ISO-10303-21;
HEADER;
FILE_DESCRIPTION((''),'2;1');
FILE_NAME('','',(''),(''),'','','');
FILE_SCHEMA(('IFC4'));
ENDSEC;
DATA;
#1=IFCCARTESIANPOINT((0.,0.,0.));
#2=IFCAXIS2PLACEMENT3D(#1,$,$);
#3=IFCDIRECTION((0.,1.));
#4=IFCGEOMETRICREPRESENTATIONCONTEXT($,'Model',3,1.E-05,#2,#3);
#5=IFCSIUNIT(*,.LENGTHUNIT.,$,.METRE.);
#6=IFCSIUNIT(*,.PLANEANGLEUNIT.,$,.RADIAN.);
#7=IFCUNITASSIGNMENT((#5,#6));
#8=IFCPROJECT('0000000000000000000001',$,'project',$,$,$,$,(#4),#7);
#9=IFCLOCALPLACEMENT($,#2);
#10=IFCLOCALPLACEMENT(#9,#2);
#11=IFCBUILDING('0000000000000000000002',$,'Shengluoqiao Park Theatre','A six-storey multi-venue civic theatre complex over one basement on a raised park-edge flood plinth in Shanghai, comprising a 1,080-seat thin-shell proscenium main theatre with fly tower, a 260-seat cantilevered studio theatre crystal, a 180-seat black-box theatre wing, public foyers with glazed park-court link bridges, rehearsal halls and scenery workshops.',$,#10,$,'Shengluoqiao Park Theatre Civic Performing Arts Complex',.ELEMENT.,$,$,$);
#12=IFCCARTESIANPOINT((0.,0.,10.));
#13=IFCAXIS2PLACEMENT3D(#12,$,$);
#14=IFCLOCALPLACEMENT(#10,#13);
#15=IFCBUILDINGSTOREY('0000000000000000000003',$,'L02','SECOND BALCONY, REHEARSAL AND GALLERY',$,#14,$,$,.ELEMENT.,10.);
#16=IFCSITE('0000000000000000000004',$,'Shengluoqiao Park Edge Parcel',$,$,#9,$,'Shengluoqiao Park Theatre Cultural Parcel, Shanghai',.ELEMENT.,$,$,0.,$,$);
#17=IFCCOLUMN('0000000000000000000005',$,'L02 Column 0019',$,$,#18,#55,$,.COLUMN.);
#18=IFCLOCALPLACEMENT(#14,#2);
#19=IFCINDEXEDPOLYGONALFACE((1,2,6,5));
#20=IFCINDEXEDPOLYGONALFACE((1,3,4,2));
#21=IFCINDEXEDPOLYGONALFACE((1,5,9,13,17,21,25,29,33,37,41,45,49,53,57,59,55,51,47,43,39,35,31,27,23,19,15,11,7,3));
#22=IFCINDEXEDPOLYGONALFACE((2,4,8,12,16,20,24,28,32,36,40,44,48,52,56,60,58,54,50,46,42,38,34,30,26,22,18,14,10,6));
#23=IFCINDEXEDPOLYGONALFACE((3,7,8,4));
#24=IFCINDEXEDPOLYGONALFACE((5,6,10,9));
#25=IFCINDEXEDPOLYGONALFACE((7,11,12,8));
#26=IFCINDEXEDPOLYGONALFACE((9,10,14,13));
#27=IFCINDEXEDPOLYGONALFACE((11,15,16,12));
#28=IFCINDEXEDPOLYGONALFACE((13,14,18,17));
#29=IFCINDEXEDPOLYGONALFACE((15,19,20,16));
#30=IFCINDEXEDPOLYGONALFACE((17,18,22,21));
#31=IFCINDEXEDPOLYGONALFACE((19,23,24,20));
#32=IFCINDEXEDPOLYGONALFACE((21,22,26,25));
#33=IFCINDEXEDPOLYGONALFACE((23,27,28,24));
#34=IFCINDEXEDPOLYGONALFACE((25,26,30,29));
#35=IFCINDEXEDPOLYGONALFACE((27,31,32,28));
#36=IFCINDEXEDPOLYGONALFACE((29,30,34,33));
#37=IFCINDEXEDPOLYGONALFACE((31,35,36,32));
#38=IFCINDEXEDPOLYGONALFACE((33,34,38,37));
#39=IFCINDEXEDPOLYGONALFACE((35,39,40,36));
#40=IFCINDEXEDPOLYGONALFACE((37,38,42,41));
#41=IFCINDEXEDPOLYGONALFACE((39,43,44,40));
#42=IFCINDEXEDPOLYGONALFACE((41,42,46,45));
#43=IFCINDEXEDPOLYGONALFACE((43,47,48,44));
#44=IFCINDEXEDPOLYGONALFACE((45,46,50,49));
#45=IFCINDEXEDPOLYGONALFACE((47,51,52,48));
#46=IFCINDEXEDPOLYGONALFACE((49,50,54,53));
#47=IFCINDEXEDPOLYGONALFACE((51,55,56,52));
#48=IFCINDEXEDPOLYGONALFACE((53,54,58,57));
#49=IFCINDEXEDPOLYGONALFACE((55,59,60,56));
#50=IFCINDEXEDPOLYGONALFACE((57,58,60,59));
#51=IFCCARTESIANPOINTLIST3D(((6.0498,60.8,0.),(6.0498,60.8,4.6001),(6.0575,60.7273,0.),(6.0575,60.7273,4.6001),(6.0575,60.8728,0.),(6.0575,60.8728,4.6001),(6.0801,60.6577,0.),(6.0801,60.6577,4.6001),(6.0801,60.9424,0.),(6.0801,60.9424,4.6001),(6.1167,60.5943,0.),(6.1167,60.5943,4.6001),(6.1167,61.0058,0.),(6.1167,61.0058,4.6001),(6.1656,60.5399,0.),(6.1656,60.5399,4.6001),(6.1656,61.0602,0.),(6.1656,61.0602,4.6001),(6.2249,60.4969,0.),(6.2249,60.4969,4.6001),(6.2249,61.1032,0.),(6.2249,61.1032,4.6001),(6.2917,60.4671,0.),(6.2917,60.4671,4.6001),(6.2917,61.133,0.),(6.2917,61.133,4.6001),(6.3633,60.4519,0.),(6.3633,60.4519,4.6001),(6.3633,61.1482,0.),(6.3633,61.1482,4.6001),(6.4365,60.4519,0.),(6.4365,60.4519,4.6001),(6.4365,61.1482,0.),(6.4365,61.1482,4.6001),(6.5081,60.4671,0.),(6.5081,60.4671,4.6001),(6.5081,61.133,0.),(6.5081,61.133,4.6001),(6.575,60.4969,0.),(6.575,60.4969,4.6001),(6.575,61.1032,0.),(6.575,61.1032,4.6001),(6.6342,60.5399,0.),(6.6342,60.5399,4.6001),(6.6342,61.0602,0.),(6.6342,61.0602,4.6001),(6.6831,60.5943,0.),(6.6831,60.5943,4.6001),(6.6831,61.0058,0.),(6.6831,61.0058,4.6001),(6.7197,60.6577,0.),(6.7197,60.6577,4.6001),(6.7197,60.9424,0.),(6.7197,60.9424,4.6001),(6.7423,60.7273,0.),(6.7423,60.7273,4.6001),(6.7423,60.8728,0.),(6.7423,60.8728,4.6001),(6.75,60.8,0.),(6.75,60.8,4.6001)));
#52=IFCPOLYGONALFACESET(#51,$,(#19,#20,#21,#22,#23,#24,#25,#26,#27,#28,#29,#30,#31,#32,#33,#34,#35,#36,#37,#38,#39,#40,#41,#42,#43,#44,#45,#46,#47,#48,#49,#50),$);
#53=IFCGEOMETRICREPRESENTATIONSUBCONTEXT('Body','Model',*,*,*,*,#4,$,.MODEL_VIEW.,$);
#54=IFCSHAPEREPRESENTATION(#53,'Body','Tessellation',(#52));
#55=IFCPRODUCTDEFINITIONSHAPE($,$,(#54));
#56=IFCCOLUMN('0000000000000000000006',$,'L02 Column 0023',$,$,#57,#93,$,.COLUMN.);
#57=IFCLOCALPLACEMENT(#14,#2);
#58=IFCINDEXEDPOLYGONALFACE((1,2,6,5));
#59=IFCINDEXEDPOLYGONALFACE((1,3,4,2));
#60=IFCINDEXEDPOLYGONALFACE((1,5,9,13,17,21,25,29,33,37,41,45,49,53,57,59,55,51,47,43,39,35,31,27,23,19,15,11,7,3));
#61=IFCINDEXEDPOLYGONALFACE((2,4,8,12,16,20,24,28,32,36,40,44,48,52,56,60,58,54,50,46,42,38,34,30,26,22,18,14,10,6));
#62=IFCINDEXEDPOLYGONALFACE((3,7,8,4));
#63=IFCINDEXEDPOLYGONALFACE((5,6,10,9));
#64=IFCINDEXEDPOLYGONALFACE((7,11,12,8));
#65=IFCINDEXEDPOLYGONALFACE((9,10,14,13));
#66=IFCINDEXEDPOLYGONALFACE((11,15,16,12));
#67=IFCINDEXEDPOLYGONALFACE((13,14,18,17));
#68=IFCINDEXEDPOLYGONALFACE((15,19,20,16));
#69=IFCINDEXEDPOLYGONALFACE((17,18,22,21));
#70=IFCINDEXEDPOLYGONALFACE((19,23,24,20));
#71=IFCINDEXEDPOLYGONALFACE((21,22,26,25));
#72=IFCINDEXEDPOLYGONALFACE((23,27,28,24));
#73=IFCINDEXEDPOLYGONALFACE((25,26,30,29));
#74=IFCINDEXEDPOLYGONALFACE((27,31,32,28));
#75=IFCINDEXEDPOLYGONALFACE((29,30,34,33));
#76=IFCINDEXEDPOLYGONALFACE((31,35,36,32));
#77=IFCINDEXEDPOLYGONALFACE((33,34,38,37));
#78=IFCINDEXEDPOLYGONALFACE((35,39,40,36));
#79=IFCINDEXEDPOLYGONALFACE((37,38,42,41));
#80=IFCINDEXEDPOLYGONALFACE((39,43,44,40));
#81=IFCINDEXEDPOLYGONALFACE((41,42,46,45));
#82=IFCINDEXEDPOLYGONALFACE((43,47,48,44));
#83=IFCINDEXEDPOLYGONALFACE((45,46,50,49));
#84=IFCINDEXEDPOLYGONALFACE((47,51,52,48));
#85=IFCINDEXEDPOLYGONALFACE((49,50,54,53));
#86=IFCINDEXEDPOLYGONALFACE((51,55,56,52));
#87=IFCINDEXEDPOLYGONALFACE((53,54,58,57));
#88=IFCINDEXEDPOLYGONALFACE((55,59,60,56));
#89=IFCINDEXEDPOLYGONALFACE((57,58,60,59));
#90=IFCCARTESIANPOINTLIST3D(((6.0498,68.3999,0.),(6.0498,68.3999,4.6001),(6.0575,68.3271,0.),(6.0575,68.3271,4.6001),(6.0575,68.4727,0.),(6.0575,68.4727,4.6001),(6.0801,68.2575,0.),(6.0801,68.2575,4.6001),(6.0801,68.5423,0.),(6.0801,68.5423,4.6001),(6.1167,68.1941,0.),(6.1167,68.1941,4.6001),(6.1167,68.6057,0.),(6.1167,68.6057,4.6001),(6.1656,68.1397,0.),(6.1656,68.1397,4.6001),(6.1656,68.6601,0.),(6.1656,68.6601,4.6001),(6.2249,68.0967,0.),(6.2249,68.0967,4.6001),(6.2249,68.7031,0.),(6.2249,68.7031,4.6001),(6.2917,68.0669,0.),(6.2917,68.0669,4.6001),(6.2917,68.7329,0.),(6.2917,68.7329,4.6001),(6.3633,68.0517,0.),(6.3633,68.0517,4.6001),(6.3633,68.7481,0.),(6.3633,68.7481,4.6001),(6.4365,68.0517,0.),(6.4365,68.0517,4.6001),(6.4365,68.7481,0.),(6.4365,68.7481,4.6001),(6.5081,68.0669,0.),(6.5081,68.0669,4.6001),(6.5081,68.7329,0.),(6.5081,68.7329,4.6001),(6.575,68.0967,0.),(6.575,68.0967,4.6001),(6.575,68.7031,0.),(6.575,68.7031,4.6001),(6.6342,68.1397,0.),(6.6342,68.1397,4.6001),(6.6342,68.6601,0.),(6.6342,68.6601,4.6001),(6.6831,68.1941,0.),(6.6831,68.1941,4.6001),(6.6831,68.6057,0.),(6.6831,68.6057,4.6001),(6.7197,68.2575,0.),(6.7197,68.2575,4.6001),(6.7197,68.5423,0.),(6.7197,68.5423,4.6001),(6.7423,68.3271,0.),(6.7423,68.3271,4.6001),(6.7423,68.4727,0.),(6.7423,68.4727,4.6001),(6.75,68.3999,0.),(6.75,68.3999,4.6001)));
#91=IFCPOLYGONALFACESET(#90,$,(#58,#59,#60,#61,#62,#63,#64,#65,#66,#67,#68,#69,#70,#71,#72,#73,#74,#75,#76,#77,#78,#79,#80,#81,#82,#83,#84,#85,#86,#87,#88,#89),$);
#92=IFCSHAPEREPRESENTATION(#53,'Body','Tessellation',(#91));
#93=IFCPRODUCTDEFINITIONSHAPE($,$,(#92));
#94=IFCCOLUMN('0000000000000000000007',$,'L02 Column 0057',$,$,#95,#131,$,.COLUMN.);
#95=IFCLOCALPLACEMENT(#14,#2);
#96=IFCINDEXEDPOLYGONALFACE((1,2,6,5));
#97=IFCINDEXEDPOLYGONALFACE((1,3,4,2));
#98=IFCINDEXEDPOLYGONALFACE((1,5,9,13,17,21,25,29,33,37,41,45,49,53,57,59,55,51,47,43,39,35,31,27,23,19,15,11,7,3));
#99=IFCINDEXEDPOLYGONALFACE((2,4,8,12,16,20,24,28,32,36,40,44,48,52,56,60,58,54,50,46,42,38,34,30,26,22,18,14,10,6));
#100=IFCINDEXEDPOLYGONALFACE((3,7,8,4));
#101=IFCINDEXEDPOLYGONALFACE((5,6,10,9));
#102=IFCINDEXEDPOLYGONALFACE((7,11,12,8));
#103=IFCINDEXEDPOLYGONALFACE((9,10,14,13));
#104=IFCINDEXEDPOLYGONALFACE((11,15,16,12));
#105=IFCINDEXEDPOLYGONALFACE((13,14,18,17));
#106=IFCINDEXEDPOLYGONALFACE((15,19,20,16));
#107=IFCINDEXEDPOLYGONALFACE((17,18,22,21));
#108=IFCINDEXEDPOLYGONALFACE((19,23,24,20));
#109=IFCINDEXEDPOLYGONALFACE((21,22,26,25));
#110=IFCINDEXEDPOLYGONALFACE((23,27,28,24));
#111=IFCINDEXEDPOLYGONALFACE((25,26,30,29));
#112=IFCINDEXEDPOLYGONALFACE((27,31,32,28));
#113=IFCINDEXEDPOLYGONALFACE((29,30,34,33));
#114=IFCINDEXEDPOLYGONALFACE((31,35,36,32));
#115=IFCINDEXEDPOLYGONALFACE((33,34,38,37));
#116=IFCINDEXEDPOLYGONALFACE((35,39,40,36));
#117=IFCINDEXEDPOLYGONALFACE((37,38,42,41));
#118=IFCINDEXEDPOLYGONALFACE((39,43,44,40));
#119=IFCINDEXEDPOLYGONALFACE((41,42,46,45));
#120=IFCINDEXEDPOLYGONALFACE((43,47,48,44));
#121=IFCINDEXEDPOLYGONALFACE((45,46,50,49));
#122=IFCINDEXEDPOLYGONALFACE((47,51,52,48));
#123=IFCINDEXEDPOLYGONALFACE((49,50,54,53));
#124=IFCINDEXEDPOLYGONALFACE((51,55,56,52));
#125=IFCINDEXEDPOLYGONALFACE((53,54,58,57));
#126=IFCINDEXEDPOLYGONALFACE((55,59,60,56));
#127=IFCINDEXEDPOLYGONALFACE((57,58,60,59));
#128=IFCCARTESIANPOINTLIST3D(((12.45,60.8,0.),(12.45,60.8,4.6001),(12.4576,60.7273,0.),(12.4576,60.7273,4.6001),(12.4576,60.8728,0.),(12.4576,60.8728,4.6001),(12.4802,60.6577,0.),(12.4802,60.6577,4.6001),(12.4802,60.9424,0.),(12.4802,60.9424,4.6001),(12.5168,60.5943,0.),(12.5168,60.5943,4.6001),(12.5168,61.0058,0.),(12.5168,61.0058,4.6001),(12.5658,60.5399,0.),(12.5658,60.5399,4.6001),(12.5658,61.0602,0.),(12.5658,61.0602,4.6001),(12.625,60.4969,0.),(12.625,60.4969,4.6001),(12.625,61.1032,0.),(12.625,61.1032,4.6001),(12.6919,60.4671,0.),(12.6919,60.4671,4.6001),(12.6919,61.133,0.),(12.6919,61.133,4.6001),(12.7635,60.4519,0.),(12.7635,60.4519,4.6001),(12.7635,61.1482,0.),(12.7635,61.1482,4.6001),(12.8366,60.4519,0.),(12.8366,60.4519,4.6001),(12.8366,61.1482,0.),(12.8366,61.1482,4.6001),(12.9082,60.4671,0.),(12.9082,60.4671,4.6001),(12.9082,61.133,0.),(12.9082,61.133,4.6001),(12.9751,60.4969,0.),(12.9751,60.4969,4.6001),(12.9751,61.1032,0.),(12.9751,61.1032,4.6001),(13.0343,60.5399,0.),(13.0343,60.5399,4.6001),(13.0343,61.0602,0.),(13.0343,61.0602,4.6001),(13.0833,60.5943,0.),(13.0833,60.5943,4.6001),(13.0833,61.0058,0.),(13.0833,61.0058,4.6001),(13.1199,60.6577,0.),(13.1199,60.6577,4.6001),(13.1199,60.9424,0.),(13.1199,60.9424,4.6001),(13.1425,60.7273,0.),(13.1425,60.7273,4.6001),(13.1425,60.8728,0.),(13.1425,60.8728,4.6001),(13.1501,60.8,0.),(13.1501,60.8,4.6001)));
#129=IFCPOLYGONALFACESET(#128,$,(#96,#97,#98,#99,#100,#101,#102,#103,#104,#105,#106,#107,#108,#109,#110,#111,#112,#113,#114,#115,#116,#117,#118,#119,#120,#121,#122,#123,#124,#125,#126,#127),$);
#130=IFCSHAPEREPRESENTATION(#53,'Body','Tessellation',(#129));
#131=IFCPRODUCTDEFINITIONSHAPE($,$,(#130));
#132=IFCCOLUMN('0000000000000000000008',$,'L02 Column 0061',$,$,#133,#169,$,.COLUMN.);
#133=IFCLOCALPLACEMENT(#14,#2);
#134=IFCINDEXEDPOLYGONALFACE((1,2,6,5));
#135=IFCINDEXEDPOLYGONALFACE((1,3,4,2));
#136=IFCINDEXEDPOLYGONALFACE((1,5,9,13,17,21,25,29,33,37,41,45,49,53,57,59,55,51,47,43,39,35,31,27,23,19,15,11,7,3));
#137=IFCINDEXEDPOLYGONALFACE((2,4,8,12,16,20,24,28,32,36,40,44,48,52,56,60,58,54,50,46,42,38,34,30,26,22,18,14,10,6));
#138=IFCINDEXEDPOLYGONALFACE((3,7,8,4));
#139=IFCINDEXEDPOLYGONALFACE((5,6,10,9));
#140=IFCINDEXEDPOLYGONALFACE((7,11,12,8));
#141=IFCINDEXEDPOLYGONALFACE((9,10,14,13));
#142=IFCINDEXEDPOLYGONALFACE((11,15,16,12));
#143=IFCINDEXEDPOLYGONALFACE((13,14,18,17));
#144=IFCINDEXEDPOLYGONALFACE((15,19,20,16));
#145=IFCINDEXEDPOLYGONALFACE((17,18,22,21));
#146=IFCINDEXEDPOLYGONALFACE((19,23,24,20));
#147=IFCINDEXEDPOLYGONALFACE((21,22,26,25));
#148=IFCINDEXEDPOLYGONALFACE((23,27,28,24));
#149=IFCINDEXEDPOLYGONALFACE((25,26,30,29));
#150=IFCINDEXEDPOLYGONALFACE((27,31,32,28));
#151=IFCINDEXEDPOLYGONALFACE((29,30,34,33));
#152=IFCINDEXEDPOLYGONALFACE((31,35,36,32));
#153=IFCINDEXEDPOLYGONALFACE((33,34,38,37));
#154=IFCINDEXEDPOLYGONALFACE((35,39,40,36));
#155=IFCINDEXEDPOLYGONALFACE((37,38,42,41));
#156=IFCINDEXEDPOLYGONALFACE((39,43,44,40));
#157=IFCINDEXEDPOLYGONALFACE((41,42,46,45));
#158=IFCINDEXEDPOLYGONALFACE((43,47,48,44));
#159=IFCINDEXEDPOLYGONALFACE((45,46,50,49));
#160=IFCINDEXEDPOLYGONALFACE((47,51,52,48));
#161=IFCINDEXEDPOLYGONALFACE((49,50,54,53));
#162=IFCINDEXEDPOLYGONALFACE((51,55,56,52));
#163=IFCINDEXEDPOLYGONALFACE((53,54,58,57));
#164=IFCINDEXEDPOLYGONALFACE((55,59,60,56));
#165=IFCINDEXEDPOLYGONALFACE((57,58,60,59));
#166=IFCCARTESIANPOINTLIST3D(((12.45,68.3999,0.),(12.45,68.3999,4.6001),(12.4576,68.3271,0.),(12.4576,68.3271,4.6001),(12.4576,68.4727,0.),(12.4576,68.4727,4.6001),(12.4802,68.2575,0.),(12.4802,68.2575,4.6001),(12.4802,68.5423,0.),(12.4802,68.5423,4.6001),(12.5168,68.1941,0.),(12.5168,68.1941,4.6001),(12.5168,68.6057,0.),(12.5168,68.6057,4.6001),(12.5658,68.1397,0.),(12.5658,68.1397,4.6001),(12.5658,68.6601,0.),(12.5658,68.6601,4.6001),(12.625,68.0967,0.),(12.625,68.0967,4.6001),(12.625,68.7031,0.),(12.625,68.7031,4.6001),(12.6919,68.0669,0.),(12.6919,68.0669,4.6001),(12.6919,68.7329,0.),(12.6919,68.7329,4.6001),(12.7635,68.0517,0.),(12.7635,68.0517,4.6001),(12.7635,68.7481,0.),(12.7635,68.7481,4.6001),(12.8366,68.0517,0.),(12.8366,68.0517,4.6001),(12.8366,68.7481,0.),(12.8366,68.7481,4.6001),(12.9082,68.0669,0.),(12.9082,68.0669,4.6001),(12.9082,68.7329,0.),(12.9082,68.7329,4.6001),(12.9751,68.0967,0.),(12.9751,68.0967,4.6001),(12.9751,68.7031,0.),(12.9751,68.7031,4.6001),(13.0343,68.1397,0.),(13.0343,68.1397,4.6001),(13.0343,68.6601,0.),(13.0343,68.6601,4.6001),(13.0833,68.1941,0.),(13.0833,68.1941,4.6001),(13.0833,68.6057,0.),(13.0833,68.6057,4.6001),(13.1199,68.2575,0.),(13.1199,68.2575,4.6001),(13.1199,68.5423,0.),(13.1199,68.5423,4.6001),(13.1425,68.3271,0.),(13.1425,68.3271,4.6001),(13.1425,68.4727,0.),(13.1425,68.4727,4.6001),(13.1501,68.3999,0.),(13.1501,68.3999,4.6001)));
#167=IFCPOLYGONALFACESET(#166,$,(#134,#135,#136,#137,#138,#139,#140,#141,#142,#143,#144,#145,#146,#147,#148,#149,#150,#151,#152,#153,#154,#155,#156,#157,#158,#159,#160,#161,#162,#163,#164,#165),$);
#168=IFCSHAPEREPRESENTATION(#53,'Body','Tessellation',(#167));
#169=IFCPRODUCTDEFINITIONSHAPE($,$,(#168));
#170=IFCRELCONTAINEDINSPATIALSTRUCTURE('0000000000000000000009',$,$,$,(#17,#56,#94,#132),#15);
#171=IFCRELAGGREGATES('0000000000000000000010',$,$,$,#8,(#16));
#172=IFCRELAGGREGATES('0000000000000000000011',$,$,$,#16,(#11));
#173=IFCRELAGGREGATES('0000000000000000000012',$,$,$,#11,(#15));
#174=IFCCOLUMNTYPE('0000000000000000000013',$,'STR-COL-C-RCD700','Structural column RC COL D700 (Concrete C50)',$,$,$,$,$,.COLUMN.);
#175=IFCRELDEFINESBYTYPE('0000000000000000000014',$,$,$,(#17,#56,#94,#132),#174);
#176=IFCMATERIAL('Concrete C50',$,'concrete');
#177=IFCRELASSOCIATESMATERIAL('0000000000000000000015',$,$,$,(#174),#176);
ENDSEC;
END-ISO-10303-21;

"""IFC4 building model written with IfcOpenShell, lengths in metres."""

from ifc_helpers import new_model, si_unit, direction, frame, origin, origin_2d, place, context, subcontext, project, spatial, circle, extrude, material, material_profile, profile_set, type_object, element, save


model = new_model("IFC4")

# Units and contexts
model_context = context("Model", 3, precision=1e-05, world=origin(), true_north=direction((0.0, 1.0)))
body_context = subcontext(model_context, "Body", "Model", "MODEL_VIEW")
ifc_project = project(units=[si_unit("LENGTHUNIT", "METRE"), si_unit("PLANEANGLEUNIT", "RADIAN")], contexts=[model_context])

# Site, building, storey
site_placement = place(None, origin())
site = spatial("IfcSite", under=ifc_project, at=site_placement, Name="Shengluoqiao Park Edge Parcel", LongName="Shengluoqiao Park Theatre Cultural Parcel, Shanghai", CompositionType="ELEMENT", RefElevation=0.0)
building_placement = place(site_placement, origin())
building = spatial("IfcBuilding", under=site, at=building_placement, Name="Shengluoqiao Park Theatre", Description="A six-storey multi-venue civic theatre complex over one basement on a raised park-edge flood plinth in Shanghai, comprising a 1,080-seat thin-shell proscenium main theatre with fly tower, a 260-seat cantilevered studio theatre crystal, a 180-seat black-box theatre wing, public foyers with glazed park-court link bridges, rehearsal halls and scenery workshops.", LongName="Shengluoqiao Park Theatre Civic Performing Arts Complex", CompositionType="ELEMENT")
storey_placement = place(building_placement, frame((0.0, 0.0, 10.0)))
storey = spatial("IfcBuildingStorey", under=building, at=storey_placement, Name="L02", Description="SECOND BALCONY, REHEARSAL AND GALLERY", CompositionType="ELEMENT", Elevation=10.0)

# Columns
ifc_material_1 = material(Name="Concrete C50", Category="concrete")
ifc_material_profile_1 = material_profile(ifc_material_1, circle(Radius=0.3501, at=origin_2d()), Name="RC COL D700")
ifc_profile_set_1 = profile_set([ifc_material_profile_1], Name="Concrete C50")
column_type = type_object("IfcColumnType", Name="STR-COL-C-RCD700", Description="Structural column RC COL D700 (Concrete C50)", PredefinedType="COLUMN", material=ifc_profile_set_1)
for number, where, z_axis, x_axis, name in (
    (1, (6.3999, 60.8, 0.0), (0.0, 0.0, 1.0), (1.0, 0.0, 0.0), "L02 Column 0019"),
    (2, (6.3999, 68.3999, 0.0), (0.0, 0.0, 1.0), (1.0, 0.0, 0.0), "L02 Column 0023"),
    (3, (12.8, 60.8, 0.0), (0.0, 0.0, 1.0), (1.0, 0.0, 0.0), "L02 Column 0057"),
    (4, (12.8, 68.3999, 0.0), (0.0, 0.0, 1.0), (1.0, 0.0, 0.0), "L02 Column 0061"),
):
    element("IfcColumn", number, at=place(storey_placement, frame(where, z_axis=z_axis, x_axis=x_axis)), inside=storey, type_object=column_type, Name=name, PredefinedType="COLUMN", context=body_context, shape_type="SweptSolid", body=[
        extrude(circle(Radius=0.3501, at=origin_2d()), origin(), (0.0, 0.0, 1.0), 4.6001),
    ])

save(model, "model.ifc")
